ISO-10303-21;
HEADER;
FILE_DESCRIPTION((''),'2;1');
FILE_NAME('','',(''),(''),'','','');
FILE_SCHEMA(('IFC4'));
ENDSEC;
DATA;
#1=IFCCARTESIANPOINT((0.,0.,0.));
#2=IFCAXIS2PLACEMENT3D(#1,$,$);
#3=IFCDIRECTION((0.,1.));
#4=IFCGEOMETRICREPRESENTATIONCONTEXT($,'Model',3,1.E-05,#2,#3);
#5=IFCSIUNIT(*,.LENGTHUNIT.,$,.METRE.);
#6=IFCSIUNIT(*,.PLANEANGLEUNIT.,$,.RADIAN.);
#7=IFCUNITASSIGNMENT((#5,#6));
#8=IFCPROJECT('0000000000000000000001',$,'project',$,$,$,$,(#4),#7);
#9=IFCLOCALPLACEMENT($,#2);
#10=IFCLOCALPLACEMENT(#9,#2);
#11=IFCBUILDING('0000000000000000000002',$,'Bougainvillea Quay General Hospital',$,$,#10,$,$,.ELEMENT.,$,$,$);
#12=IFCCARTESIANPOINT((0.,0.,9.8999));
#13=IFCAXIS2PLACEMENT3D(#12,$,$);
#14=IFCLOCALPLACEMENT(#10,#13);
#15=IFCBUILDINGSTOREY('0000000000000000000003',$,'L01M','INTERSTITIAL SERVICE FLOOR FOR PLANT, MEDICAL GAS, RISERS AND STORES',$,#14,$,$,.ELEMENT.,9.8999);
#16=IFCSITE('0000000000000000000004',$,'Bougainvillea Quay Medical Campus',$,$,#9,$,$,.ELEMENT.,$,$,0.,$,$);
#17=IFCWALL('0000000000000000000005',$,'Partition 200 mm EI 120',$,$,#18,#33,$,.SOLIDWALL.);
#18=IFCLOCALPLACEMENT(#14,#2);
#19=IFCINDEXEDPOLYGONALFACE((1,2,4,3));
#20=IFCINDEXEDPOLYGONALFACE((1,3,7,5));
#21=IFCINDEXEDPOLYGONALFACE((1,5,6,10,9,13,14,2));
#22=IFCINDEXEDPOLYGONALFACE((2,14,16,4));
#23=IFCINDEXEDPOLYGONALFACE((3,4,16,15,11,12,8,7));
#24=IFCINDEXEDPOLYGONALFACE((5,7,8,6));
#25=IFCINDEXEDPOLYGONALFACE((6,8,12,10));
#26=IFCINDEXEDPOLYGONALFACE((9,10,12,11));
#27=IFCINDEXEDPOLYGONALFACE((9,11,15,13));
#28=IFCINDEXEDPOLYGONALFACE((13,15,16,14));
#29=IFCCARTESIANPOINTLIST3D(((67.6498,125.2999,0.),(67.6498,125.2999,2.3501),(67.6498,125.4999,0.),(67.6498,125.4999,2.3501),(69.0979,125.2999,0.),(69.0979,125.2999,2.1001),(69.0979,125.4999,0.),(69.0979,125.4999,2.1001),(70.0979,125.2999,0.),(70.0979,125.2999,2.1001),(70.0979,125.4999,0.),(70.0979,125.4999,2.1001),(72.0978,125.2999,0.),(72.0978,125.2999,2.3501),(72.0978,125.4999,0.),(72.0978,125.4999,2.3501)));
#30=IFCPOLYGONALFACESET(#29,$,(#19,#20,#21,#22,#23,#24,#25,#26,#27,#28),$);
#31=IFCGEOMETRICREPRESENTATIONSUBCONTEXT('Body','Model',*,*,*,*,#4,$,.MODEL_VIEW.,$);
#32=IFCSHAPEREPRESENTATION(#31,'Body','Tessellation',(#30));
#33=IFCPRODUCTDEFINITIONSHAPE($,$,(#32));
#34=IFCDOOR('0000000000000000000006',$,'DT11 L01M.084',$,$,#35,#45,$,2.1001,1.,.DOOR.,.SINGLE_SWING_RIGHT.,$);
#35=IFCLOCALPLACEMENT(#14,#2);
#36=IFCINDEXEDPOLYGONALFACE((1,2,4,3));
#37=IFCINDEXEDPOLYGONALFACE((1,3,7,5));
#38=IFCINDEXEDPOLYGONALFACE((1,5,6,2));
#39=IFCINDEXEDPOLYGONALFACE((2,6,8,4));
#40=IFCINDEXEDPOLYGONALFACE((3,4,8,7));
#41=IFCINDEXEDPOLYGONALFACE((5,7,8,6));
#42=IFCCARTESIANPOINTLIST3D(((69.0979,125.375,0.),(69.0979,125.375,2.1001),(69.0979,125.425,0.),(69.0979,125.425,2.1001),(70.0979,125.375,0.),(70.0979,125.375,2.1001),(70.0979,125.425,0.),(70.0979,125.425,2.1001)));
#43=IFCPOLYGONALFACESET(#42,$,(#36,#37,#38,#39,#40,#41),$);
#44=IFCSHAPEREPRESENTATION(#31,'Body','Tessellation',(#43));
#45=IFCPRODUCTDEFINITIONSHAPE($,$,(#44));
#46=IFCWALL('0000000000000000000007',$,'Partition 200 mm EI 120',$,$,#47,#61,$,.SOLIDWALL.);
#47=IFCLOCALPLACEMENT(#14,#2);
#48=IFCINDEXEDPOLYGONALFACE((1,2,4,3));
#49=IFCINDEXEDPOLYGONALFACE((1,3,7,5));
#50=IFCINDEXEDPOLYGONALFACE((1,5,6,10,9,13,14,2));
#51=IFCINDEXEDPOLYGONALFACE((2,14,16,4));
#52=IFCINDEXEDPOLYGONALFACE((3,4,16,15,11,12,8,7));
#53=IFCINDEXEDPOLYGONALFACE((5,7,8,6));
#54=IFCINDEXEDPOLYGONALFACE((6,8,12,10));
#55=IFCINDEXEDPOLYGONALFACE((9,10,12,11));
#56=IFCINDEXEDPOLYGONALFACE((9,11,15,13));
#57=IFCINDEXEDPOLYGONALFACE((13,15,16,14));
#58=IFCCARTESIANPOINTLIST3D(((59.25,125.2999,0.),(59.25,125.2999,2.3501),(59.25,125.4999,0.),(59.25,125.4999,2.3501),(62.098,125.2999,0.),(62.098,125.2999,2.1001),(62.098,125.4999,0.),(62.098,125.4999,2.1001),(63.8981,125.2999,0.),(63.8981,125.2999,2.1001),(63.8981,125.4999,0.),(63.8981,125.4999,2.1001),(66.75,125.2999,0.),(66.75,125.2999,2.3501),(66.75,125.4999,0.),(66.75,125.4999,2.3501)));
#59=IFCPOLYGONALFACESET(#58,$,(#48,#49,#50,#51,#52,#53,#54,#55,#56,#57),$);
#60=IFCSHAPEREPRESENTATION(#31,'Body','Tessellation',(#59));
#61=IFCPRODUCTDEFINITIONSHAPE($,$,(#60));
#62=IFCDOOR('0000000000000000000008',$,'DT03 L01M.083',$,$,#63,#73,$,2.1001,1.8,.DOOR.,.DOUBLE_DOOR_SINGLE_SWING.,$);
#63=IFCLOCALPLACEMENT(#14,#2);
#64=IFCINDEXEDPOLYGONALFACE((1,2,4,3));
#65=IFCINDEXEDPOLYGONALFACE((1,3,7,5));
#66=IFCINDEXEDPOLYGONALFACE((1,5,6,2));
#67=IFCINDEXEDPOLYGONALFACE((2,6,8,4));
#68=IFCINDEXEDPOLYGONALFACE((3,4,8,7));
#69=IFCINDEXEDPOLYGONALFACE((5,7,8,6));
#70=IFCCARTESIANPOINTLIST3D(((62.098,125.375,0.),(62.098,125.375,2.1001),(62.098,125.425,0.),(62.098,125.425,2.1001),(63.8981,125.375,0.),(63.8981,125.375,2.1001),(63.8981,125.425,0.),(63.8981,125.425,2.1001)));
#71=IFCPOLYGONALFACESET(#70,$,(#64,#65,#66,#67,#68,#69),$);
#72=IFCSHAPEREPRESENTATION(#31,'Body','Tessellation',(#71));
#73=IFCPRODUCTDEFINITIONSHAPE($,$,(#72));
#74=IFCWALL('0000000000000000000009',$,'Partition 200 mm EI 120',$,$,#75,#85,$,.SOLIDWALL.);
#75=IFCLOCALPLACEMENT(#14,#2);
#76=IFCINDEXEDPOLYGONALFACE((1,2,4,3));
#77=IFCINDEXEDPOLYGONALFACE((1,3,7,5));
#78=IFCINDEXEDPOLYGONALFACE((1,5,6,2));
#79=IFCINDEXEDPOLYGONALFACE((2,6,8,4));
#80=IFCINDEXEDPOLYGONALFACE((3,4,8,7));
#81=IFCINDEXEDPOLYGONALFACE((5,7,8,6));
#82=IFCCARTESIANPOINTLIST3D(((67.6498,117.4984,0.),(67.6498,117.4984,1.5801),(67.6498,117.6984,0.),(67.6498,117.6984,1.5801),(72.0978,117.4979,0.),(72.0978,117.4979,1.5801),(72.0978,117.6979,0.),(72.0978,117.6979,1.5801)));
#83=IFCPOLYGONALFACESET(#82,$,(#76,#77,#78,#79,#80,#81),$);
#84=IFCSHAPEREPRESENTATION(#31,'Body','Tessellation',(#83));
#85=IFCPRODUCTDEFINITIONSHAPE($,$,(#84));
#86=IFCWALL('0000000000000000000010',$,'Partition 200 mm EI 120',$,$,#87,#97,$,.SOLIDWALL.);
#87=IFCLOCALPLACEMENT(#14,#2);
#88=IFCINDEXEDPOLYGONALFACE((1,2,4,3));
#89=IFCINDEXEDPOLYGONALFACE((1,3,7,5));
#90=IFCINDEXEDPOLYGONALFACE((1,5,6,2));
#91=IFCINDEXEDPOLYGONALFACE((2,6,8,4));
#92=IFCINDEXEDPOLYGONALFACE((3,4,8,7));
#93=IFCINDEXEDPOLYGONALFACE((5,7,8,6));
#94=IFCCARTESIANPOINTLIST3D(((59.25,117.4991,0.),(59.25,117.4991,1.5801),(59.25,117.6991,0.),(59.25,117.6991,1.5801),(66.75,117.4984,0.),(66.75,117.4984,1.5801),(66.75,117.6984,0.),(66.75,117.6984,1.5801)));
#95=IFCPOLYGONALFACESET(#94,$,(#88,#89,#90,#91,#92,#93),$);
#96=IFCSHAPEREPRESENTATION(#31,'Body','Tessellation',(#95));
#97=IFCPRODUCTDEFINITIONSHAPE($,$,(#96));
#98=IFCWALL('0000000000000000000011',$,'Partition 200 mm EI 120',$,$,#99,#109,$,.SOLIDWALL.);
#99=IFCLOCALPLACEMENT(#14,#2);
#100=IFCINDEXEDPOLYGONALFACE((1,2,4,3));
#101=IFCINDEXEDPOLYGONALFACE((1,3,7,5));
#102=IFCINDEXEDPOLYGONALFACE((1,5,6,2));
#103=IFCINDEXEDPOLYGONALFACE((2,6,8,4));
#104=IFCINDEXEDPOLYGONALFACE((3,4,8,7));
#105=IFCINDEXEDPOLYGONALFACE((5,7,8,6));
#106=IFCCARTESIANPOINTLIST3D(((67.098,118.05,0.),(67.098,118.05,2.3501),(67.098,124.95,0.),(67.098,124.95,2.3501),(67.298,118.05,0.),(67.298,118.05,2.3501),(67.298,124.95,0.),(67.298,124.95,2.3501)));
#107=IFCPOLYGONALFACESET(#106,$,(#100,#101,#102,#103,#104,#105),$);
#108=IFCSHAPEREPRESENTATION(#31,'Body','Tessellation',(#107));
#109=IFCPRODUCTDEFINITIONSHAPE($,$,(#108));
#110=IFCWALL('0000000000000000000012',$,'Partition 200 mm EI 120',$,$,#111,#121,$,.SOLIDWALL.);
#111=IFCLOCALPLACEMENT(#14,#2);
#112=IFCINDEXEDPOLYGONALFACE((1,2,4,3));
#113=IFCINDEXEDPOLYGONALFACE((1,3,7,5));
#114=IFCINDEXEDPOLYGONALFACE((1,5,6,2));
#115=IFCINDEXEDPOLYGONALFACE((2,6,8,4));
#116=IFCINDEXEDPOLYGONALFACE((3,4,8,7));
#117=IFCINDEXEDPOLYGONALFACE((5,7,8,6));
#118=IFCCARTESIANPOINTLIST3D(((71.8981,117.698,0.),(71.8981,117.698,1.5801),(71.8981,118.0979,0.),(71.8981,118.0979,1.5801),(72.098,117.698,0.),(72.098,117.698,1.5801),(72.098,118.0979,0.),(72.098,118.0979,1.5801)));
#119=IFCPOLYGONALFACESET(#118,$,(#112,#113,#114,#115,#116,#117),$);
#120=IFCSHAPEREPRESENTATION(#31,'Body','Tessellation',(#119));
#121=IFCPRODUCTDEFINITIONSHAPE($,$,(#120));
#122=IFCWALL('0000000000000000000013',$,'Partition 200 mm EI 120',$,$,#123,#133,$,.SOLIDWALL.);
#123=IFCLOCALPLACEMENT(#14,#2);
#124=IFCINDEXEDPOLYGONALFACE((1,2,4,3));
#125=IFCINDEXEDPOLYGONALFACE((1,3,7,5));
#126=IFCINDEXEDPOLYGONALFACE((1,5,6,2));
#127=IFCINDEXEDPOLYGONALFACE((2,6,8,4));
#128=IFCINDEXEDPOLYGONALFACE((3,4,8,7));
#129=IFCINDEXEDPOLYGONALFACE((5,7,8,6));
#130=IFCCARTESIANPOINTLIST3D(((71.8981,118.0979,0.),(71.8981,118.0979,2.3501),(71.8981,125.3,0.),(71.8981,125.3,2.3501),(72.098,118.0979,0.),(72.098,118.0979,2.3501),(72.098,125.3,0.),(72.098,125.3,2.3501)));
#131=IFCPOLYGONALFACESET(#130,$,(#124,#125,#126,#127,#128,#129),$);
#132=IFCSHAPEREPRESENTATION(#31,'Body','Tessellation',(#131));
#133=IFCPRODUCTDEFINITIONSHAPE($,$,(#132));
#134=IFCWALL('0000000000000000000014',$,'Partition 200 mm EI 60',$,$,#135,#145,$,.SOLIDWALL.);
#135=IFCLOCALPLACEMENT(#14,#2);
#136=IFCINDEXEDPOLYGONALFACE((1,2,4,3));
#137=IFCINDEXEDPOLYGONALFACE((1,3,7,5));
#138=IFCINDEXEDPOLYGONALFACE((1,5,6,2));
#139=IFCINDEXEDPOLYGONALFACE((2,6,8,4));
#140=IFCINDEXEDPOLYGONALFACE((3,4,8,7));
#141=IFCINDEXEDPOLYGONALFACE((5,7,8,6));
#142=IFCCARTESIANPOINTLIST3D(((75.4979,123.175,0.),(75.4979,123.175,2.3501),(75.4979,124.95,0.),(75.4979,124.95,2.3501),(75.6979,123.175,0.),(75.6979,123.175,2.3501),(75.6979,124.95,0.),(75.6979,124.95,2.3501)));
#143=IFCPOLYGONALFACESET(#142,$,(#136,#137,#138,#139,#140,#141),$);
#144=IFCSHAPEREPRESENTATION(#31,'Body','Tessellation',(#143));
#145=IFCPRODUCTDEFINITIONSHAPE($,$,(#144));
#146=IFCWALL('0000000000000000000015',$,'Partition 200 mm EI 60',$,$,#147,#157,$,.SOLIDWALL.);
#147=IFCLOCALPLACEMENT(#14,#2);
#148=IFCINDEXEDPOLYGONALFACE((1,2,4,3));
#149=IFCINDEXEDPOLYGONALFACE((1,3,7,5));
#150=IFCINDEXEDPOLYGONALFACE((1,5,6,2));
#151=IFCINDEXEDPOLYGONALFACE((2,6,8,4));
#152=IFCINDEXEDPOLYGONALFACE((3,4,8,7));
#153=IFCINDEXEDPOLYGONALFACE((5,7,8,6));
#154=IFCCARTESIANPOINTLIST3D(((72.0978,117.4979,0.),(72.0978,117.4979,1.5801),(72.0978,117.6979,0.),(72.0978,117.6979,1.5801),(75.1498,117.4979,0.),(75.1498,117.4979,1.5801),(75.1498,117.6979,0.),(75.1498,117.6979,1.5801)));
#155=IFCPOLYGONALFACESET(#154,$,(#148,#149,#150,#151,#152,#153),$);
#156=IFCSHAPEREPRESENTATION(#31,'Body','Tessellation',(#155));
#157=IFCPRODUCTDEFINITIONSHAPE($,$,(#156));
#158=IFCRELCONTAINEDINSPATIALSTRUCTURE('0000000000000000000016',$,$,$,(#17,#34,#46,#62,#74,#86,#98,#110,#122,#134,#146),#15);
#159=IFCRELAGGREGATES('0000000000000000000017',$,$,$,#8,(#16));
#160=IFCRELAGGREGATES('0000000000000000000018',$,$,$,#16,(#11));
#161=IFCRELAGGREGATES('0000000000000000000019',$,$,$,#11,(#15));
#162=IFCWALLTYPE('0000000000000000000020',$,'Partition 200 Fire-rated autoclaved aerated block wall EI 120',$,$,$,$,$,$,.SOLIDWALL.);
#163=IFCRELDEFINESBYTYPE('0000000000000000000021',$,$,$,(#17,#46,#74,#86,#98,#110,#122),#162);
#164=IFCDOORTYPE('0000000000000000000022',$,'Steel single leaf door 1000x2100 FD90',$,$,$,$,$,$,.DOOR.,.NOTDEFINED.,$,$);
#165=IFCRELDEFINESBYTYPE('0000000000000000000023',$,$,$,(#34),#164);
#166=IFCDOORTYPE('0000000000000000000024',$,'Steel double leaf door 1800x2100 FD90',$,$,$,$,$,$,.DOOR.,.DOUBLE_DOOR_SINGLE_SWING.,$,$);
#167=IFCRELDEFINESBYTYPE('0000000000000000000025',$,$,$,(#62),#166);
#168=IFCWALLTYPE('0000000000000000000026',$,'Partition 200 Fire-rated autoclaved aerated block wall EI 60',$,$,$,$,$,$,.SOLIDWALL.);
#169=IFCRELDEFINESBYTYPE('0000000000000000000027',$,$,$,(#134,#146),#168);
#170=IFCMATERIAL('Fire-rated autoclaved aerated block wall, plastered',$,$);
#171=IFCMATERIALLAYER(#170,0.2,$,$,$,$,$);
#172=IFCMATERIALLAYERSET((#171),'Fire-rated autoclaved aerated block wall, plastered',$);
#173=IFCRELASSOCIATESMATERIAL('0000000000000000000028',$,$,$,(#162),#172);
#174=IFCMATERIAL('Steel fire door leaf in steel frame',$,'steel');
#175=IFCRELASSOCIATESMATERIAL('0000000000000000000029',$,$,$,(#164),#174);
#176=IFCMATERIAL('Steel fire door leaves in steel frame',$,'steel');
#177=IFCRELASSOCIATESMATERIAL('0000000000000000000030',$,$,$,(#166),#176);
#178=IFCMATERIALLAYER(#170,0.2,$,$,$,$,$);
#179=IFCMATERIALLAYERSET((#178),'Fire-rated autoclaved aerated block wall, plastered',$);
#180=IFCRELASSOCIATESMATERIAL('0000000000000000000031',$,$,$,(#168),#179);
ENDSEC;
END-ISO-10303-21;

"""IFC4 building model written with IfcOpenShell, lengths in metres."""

from ifc_helpers import new_model, si_unit, direction, frame, frame_2d, origin, place, context, subcontext, project, spatial, rectangle, extrude, material, layer, layer_set, type_object, element, fill, save


model = new_model("IFC4")

# Units and contexts
model_context = context("Model", 3, precision=1e-05, world=origin(), true_north=direction((0.0, 1.0)))
body_context = subcontext(model_context, "Body", "Model", "MODEL_VIEW")
ifc_project = project(units=[si_unit("LENGTHUNIT", "METRE"), si_unit("PLANEANGLEUNIT", "RADIAN")], contexts=[model_context])

# Site, building, storey
site_placement = place(None, origin())
site = spatial("IfcSite", under=ifc_project, at=site_placement, Name="Bougainvillea Quay Medical Campus", CompositionType="ELEMENT", RefElevation=0.0)
building_placement = place(site_placement, origin())
building = spatial("IfcBuilding", under=site, at=building_placement, Name="Bougainvillea Quay General Hospital", CompositionType="ELEMENT")
storey_placement = place(building_placement, frame((0.0, 0.0, 9.8999)))
storey = spatial("IfcBuildingStorey", under=building, at=storey_placement, Name="L01M", Description="INTERSTITIAL SERVICE FLOOR FOR PLANT, MEDICAL GAS, RISERS AND STORES", CompositionType="ELEMENT", Elevation=9.8999)

# Walls, openings, doors
ifc_material_1 = material(Name="Fire-rated autoclaved aerated block wall, plastered")
ifc_layer_1 = layer(ifc_material_1, 0.2)
ifc_layer_set_1 = layer_set([ifc_layer_1], Name="Fire-rated autoclaved aerated block wall, plastered")
wall_type_1 = type_object("IfcWallType", Name="Partition 200 Fire-rated autoclaved aerated block wall EI 120", PredefinedType="SOLIDWALL", material=ifc_layer_set_1)
wall_1_placement = place(storey_placement, frame((72.0979, 125.3999, 0.0), z_axis=(0.0, 0.0, 1.0), x_axis=(-1.0, 0.0, 0.0)))
wall_1 = element("IfcWall", 1, at=wall_1_placement, inside=storey, type_object=wall_type_1, Name="Partition 200 mm EI 120", PredefinedType="SOLIDWALL", context=body_context, shape_type="SweptSolid", body=[
    extrude(rectangle(XDim=4.448, YDim=0.2, at=frame_2d((2.2241, 0.0))), origin(), (0.0, 0.0, 1.0), 2.3501),
])
opening_1_placement = place(wall_1_placement, frame((2.0, 0.0, 0.0)))
opening_1 = element("IfcOpeningElement", 2, at=opening_1_placement, cuts=wall_1, PredefinedType="OPENING", context=body_context, shape_type="SweptSolid", body=[
    extrude(rectangle(XDim=1.0, YDim=2.1001, at=frame_2d((0.5, 1.05))), frame((0.0, 0.1099, 0.0), z_axis=(0.0, -1.0, 0.0), x_axis=(1.0, 0.0, 0.0)), (0.0, 0.0, 1.0), 0.22),
])
ifc_material_2 = material(Name="Steel fire door leaf in steel frame", Category="steel")
door_type_1 = type_object("IfcDoorType", Name="Steel single leaf door 1000x2100 FD90", OperationType="NOTDEFINED", PredefinedType="DOOR", material=ifc_material_2)
door_1_placement = place(opening_1_placement, origin())
door_1 = element("IfcDoor", 3, at=door_1_placement, inside=storey, type_object=door_type_1, Name="DT11 L01M.084", OperationType="SINGLE_SWING_RIGHT", OverallHeight=2.1001, OverallWidth=1.0, PredefinedType="DOOR", context=body_context, shape_type="SweptSolid", body=[
    extrude(rectangle(XDim=1.0, YDim=2.1001, at=frame_2d((0.5, 1.05))), frame((0.0, 0.0249, 0.0), z_axis=(0.0, -1.0, 0.0), x_axis=(1.0, 0.0, 0.0)), (0.0, 0.0, 1.0), 0.05),
])
fill(opening_1, door_1)
wall_2_placement = place(storey_placement, frame((66.75, 125.3999, 0.0), z_axis=(0.0, 0.0, 1.0), x_axis=(-1.0, 0.0, 0.0)))
wall_2 = element("IfcWall", 4, at=wall_2_placement, inside=storey, type_object=wall_type_1, Name="Partition 200 mm EI 120", PredefinedType="SOLIDWALL", context=body_context, shape_type="SweptSolid", body=[
    extrude(rectangle(XDim=7.5, YDim=0.2, at=frame_2d((3.75, 0.0))), origin(), (0.0, 0.0, 1.0), 2.3501),
])
opening_2_placement = place(wall_2_placement, frame((2.8521, 0.0, 0.0)))
opening_2 = element("IfcOpeningElement", 5, at=opening_2_placement, cuts=wall_2, PredefinedType="OPENING", context=body_context, shape_type="SweptSolid", body=[
    extrude(rectangle(XDim=1.8, YDim=2.1001, at=frame_2d((0.8999, 1.05))), frame((0.0, 0.1099, 0.0), z_axis=(0.0, -1.0, 0.0), x_axis=(1.0, 0.0, 0.0)), (0.0, 0.0, 1.0), 0.22),
])
ifc_material_3 = material(Name="Steel fire door leaves in steel frame", Category="steel")
door_type_2 = type_object("IfcDoorType", Name="Steel double leaf door 1800x2100 FD90", OperationType="DOUBLE_DOOR_SINGLE_SWING", PredefinedType="DOOR", material=ifc_material_3)
door_2_placement = place(opening_2_placement, origin())
door_2 = element("IfcDoor", 6, at=door_2_placement, inside=storey, type_object=door_type_2, Name="DT03 L01M.083", OperationType="DOUBLE_DOOR_SINGLE_SWING", OverallHeight=2.1001, OverallWidth=1.8, PredefinedType="DOOR", context=body_context, shape_type="SweptSolid", body=[
    extrude(rectangle(XDim=1.8, YDim=2.1001, at=frame_2d((0.8999, 1.05))), frame((0.0, 0.0249, 0.0), z_axis=(0.0, -1.0, 0.0), x_axis=(1.0, 0.0, 0.0)), (0.0, 0.0, 1.0), 0.05),
])
fill(opening_2, door_2)

# Walls
wall_3_placement = place(storey_placement, frame((72.0979, 117.5979, 0.0), z_axis=(0.0, 0.0, 1.0), x_axis=(-1.0, 0.00011, 0.0)))
element("IfcWall", 7, at=wall_3_placement, inside=storey, type_object=wall_type_1, Name="Partition 200 mm EI 120", PredefinedType="SOLIDWALL", context=body_context, shape_type="SweptSolid", body=[
    extrude(rectangle(XDim=4.448, YDim=0.2, at=frame_2d((2.2241, 0.0))), origin(), (0.0, 0.0, 1.0), 1.5801),
])
wall_4_placement = place(storey_placement, frame((66.75, 117.5984, 0.0), z_axis=(0.0, 0.0, 1.0), x_axis=(-1.0, 0.000098, 0.0)))
element("IfcWall", 8, at=wall_4_placement, inside=storey, type_object=wall_type_1, Name="Partition 200 mm EI 120", PredefinedType="SOLIDWALL", context=body_context, shape_type="SweptSolid", body=[
    extrude(rectangle(XDim=7.5, YDim=0.2, at=frame_2d((3.75, 0.0))), origin(), (0.0, 0.0, 1.0), 1.5801),
])
wall_5_placement = place(storey_placement, frame((67.198, 118.05, 0.0), z_axis=(0.0, 0.0, 1.0), x_axis=(0.0, 1.0, 0.0)))
element("IfcWall", 9, at=wall_5_placement, inside=storey, type_object=wall_type_1, Name="Partition 200 mm EI 120", PredefinedType="SOLIDWALL", context=body_context, shape_type="SweptSolid", body=[
    extrude(rectangle(XDim=6.8999, YDim=0.2, at=frame_2d((3.45, 0.0))), origin(), (0.0, 0.0, 1.0), 2.3501),
])
wall_6_placement = place(storey_placement, frame((71.998, 117.698, 0.0), z_axis=(0.0, 0.0, 1.0), x_axis=(0.0, 1.0, 0.0)))
element("IfcWall", 10, at=wall_6_placement, inside=storey, type_object=wall_type_1, Name="Partition 200 mm EI 120", PredefinedType="SOLIDWALL", context=body_context, shape_type="SweptSolid", body=[
    extrude(rectangle(XDim=0.3999, YDim=0.2, at=frame_2d((0.2, 0.0))), origin(), (0.0, 0.0, 1.0), 1.5801),
])
wall_7_placement = place(storey_placement, frame((71.998, 118.0979, 0.0), z_axis=(0.0, 0.0, 1.0), x_axis=(0.0, 1.0, 0.0)))
element("IfcWall", 11, at=wall_7_placement, inside=storey, type_object=wall_type_1, Name="Partition 200 mm EI 120", PredefinedType="SOLIDWALL", context=body_context, shape_type="SweptSolid", body=[
    extrude(rectangle(XDim=7.2021, YDim=0.2, at=frame_2d((3.6011, 0.0))), origin(), (0.0, 0.0, 1.0), 2.3501),
])
ifc_layer_2 = layer(ifc_material_1, 0.2)
ifc_layer_set_2 = layer_set([ifc_layer_2], Name="Fire-rated autoclaved aerated block wall, plastered")
wall_type_2 = type_object("IfcWallType", Name="Partition 200 Fire-rated autoclaved aerated block wall EI 60", PredefinedType="SOLIDWALL", material=ifc_layer_set_2)
wall_8_placement = place(storey_placement, frame((75.5979, 123.175, 0.0), z_axis=(0.0, 0.0, 1.0), x_axis=(0.0, 1.0, 0.0)))
element("IfcWall", 12, at=wall_8_placement, inside=storey, type_object=wall_type_2, Name="Partition 200 mm EI 60", PredefinedType="SOLIDWALL", context=body_context, shape_type="SweptSolid", body=[
    extrude(rectangle(XDim=1.7749, YDim=0.2, at=frame_2d((0.8875, 0.0))), origin(), (0.0, 0.0, 1.0), 2.3501),
])
wall_9_placement = place(storey_placement, frame((72.0979, 117.5979, 0.0), z_axis=(0.0, 0.0, 1.0), x_axis=(1.0, 0.0, 0.0)))
element("IfcWall", 13, at=wall_9_placement, inside=storey, type_object=wall_type_2, Name="Partition 200 mm EI 60", PredefinedType="SOLIDWALL", context=body_context, shape_type="SweptSolid", body=[
    extrude(rectangle(XDim=3.052, YDim=0.2, at=frame_2d((1.5259, 0.0))), origin(), (0.0, 0.0, 1.0), 1.5801),
])

save(model, "model.ifc")
